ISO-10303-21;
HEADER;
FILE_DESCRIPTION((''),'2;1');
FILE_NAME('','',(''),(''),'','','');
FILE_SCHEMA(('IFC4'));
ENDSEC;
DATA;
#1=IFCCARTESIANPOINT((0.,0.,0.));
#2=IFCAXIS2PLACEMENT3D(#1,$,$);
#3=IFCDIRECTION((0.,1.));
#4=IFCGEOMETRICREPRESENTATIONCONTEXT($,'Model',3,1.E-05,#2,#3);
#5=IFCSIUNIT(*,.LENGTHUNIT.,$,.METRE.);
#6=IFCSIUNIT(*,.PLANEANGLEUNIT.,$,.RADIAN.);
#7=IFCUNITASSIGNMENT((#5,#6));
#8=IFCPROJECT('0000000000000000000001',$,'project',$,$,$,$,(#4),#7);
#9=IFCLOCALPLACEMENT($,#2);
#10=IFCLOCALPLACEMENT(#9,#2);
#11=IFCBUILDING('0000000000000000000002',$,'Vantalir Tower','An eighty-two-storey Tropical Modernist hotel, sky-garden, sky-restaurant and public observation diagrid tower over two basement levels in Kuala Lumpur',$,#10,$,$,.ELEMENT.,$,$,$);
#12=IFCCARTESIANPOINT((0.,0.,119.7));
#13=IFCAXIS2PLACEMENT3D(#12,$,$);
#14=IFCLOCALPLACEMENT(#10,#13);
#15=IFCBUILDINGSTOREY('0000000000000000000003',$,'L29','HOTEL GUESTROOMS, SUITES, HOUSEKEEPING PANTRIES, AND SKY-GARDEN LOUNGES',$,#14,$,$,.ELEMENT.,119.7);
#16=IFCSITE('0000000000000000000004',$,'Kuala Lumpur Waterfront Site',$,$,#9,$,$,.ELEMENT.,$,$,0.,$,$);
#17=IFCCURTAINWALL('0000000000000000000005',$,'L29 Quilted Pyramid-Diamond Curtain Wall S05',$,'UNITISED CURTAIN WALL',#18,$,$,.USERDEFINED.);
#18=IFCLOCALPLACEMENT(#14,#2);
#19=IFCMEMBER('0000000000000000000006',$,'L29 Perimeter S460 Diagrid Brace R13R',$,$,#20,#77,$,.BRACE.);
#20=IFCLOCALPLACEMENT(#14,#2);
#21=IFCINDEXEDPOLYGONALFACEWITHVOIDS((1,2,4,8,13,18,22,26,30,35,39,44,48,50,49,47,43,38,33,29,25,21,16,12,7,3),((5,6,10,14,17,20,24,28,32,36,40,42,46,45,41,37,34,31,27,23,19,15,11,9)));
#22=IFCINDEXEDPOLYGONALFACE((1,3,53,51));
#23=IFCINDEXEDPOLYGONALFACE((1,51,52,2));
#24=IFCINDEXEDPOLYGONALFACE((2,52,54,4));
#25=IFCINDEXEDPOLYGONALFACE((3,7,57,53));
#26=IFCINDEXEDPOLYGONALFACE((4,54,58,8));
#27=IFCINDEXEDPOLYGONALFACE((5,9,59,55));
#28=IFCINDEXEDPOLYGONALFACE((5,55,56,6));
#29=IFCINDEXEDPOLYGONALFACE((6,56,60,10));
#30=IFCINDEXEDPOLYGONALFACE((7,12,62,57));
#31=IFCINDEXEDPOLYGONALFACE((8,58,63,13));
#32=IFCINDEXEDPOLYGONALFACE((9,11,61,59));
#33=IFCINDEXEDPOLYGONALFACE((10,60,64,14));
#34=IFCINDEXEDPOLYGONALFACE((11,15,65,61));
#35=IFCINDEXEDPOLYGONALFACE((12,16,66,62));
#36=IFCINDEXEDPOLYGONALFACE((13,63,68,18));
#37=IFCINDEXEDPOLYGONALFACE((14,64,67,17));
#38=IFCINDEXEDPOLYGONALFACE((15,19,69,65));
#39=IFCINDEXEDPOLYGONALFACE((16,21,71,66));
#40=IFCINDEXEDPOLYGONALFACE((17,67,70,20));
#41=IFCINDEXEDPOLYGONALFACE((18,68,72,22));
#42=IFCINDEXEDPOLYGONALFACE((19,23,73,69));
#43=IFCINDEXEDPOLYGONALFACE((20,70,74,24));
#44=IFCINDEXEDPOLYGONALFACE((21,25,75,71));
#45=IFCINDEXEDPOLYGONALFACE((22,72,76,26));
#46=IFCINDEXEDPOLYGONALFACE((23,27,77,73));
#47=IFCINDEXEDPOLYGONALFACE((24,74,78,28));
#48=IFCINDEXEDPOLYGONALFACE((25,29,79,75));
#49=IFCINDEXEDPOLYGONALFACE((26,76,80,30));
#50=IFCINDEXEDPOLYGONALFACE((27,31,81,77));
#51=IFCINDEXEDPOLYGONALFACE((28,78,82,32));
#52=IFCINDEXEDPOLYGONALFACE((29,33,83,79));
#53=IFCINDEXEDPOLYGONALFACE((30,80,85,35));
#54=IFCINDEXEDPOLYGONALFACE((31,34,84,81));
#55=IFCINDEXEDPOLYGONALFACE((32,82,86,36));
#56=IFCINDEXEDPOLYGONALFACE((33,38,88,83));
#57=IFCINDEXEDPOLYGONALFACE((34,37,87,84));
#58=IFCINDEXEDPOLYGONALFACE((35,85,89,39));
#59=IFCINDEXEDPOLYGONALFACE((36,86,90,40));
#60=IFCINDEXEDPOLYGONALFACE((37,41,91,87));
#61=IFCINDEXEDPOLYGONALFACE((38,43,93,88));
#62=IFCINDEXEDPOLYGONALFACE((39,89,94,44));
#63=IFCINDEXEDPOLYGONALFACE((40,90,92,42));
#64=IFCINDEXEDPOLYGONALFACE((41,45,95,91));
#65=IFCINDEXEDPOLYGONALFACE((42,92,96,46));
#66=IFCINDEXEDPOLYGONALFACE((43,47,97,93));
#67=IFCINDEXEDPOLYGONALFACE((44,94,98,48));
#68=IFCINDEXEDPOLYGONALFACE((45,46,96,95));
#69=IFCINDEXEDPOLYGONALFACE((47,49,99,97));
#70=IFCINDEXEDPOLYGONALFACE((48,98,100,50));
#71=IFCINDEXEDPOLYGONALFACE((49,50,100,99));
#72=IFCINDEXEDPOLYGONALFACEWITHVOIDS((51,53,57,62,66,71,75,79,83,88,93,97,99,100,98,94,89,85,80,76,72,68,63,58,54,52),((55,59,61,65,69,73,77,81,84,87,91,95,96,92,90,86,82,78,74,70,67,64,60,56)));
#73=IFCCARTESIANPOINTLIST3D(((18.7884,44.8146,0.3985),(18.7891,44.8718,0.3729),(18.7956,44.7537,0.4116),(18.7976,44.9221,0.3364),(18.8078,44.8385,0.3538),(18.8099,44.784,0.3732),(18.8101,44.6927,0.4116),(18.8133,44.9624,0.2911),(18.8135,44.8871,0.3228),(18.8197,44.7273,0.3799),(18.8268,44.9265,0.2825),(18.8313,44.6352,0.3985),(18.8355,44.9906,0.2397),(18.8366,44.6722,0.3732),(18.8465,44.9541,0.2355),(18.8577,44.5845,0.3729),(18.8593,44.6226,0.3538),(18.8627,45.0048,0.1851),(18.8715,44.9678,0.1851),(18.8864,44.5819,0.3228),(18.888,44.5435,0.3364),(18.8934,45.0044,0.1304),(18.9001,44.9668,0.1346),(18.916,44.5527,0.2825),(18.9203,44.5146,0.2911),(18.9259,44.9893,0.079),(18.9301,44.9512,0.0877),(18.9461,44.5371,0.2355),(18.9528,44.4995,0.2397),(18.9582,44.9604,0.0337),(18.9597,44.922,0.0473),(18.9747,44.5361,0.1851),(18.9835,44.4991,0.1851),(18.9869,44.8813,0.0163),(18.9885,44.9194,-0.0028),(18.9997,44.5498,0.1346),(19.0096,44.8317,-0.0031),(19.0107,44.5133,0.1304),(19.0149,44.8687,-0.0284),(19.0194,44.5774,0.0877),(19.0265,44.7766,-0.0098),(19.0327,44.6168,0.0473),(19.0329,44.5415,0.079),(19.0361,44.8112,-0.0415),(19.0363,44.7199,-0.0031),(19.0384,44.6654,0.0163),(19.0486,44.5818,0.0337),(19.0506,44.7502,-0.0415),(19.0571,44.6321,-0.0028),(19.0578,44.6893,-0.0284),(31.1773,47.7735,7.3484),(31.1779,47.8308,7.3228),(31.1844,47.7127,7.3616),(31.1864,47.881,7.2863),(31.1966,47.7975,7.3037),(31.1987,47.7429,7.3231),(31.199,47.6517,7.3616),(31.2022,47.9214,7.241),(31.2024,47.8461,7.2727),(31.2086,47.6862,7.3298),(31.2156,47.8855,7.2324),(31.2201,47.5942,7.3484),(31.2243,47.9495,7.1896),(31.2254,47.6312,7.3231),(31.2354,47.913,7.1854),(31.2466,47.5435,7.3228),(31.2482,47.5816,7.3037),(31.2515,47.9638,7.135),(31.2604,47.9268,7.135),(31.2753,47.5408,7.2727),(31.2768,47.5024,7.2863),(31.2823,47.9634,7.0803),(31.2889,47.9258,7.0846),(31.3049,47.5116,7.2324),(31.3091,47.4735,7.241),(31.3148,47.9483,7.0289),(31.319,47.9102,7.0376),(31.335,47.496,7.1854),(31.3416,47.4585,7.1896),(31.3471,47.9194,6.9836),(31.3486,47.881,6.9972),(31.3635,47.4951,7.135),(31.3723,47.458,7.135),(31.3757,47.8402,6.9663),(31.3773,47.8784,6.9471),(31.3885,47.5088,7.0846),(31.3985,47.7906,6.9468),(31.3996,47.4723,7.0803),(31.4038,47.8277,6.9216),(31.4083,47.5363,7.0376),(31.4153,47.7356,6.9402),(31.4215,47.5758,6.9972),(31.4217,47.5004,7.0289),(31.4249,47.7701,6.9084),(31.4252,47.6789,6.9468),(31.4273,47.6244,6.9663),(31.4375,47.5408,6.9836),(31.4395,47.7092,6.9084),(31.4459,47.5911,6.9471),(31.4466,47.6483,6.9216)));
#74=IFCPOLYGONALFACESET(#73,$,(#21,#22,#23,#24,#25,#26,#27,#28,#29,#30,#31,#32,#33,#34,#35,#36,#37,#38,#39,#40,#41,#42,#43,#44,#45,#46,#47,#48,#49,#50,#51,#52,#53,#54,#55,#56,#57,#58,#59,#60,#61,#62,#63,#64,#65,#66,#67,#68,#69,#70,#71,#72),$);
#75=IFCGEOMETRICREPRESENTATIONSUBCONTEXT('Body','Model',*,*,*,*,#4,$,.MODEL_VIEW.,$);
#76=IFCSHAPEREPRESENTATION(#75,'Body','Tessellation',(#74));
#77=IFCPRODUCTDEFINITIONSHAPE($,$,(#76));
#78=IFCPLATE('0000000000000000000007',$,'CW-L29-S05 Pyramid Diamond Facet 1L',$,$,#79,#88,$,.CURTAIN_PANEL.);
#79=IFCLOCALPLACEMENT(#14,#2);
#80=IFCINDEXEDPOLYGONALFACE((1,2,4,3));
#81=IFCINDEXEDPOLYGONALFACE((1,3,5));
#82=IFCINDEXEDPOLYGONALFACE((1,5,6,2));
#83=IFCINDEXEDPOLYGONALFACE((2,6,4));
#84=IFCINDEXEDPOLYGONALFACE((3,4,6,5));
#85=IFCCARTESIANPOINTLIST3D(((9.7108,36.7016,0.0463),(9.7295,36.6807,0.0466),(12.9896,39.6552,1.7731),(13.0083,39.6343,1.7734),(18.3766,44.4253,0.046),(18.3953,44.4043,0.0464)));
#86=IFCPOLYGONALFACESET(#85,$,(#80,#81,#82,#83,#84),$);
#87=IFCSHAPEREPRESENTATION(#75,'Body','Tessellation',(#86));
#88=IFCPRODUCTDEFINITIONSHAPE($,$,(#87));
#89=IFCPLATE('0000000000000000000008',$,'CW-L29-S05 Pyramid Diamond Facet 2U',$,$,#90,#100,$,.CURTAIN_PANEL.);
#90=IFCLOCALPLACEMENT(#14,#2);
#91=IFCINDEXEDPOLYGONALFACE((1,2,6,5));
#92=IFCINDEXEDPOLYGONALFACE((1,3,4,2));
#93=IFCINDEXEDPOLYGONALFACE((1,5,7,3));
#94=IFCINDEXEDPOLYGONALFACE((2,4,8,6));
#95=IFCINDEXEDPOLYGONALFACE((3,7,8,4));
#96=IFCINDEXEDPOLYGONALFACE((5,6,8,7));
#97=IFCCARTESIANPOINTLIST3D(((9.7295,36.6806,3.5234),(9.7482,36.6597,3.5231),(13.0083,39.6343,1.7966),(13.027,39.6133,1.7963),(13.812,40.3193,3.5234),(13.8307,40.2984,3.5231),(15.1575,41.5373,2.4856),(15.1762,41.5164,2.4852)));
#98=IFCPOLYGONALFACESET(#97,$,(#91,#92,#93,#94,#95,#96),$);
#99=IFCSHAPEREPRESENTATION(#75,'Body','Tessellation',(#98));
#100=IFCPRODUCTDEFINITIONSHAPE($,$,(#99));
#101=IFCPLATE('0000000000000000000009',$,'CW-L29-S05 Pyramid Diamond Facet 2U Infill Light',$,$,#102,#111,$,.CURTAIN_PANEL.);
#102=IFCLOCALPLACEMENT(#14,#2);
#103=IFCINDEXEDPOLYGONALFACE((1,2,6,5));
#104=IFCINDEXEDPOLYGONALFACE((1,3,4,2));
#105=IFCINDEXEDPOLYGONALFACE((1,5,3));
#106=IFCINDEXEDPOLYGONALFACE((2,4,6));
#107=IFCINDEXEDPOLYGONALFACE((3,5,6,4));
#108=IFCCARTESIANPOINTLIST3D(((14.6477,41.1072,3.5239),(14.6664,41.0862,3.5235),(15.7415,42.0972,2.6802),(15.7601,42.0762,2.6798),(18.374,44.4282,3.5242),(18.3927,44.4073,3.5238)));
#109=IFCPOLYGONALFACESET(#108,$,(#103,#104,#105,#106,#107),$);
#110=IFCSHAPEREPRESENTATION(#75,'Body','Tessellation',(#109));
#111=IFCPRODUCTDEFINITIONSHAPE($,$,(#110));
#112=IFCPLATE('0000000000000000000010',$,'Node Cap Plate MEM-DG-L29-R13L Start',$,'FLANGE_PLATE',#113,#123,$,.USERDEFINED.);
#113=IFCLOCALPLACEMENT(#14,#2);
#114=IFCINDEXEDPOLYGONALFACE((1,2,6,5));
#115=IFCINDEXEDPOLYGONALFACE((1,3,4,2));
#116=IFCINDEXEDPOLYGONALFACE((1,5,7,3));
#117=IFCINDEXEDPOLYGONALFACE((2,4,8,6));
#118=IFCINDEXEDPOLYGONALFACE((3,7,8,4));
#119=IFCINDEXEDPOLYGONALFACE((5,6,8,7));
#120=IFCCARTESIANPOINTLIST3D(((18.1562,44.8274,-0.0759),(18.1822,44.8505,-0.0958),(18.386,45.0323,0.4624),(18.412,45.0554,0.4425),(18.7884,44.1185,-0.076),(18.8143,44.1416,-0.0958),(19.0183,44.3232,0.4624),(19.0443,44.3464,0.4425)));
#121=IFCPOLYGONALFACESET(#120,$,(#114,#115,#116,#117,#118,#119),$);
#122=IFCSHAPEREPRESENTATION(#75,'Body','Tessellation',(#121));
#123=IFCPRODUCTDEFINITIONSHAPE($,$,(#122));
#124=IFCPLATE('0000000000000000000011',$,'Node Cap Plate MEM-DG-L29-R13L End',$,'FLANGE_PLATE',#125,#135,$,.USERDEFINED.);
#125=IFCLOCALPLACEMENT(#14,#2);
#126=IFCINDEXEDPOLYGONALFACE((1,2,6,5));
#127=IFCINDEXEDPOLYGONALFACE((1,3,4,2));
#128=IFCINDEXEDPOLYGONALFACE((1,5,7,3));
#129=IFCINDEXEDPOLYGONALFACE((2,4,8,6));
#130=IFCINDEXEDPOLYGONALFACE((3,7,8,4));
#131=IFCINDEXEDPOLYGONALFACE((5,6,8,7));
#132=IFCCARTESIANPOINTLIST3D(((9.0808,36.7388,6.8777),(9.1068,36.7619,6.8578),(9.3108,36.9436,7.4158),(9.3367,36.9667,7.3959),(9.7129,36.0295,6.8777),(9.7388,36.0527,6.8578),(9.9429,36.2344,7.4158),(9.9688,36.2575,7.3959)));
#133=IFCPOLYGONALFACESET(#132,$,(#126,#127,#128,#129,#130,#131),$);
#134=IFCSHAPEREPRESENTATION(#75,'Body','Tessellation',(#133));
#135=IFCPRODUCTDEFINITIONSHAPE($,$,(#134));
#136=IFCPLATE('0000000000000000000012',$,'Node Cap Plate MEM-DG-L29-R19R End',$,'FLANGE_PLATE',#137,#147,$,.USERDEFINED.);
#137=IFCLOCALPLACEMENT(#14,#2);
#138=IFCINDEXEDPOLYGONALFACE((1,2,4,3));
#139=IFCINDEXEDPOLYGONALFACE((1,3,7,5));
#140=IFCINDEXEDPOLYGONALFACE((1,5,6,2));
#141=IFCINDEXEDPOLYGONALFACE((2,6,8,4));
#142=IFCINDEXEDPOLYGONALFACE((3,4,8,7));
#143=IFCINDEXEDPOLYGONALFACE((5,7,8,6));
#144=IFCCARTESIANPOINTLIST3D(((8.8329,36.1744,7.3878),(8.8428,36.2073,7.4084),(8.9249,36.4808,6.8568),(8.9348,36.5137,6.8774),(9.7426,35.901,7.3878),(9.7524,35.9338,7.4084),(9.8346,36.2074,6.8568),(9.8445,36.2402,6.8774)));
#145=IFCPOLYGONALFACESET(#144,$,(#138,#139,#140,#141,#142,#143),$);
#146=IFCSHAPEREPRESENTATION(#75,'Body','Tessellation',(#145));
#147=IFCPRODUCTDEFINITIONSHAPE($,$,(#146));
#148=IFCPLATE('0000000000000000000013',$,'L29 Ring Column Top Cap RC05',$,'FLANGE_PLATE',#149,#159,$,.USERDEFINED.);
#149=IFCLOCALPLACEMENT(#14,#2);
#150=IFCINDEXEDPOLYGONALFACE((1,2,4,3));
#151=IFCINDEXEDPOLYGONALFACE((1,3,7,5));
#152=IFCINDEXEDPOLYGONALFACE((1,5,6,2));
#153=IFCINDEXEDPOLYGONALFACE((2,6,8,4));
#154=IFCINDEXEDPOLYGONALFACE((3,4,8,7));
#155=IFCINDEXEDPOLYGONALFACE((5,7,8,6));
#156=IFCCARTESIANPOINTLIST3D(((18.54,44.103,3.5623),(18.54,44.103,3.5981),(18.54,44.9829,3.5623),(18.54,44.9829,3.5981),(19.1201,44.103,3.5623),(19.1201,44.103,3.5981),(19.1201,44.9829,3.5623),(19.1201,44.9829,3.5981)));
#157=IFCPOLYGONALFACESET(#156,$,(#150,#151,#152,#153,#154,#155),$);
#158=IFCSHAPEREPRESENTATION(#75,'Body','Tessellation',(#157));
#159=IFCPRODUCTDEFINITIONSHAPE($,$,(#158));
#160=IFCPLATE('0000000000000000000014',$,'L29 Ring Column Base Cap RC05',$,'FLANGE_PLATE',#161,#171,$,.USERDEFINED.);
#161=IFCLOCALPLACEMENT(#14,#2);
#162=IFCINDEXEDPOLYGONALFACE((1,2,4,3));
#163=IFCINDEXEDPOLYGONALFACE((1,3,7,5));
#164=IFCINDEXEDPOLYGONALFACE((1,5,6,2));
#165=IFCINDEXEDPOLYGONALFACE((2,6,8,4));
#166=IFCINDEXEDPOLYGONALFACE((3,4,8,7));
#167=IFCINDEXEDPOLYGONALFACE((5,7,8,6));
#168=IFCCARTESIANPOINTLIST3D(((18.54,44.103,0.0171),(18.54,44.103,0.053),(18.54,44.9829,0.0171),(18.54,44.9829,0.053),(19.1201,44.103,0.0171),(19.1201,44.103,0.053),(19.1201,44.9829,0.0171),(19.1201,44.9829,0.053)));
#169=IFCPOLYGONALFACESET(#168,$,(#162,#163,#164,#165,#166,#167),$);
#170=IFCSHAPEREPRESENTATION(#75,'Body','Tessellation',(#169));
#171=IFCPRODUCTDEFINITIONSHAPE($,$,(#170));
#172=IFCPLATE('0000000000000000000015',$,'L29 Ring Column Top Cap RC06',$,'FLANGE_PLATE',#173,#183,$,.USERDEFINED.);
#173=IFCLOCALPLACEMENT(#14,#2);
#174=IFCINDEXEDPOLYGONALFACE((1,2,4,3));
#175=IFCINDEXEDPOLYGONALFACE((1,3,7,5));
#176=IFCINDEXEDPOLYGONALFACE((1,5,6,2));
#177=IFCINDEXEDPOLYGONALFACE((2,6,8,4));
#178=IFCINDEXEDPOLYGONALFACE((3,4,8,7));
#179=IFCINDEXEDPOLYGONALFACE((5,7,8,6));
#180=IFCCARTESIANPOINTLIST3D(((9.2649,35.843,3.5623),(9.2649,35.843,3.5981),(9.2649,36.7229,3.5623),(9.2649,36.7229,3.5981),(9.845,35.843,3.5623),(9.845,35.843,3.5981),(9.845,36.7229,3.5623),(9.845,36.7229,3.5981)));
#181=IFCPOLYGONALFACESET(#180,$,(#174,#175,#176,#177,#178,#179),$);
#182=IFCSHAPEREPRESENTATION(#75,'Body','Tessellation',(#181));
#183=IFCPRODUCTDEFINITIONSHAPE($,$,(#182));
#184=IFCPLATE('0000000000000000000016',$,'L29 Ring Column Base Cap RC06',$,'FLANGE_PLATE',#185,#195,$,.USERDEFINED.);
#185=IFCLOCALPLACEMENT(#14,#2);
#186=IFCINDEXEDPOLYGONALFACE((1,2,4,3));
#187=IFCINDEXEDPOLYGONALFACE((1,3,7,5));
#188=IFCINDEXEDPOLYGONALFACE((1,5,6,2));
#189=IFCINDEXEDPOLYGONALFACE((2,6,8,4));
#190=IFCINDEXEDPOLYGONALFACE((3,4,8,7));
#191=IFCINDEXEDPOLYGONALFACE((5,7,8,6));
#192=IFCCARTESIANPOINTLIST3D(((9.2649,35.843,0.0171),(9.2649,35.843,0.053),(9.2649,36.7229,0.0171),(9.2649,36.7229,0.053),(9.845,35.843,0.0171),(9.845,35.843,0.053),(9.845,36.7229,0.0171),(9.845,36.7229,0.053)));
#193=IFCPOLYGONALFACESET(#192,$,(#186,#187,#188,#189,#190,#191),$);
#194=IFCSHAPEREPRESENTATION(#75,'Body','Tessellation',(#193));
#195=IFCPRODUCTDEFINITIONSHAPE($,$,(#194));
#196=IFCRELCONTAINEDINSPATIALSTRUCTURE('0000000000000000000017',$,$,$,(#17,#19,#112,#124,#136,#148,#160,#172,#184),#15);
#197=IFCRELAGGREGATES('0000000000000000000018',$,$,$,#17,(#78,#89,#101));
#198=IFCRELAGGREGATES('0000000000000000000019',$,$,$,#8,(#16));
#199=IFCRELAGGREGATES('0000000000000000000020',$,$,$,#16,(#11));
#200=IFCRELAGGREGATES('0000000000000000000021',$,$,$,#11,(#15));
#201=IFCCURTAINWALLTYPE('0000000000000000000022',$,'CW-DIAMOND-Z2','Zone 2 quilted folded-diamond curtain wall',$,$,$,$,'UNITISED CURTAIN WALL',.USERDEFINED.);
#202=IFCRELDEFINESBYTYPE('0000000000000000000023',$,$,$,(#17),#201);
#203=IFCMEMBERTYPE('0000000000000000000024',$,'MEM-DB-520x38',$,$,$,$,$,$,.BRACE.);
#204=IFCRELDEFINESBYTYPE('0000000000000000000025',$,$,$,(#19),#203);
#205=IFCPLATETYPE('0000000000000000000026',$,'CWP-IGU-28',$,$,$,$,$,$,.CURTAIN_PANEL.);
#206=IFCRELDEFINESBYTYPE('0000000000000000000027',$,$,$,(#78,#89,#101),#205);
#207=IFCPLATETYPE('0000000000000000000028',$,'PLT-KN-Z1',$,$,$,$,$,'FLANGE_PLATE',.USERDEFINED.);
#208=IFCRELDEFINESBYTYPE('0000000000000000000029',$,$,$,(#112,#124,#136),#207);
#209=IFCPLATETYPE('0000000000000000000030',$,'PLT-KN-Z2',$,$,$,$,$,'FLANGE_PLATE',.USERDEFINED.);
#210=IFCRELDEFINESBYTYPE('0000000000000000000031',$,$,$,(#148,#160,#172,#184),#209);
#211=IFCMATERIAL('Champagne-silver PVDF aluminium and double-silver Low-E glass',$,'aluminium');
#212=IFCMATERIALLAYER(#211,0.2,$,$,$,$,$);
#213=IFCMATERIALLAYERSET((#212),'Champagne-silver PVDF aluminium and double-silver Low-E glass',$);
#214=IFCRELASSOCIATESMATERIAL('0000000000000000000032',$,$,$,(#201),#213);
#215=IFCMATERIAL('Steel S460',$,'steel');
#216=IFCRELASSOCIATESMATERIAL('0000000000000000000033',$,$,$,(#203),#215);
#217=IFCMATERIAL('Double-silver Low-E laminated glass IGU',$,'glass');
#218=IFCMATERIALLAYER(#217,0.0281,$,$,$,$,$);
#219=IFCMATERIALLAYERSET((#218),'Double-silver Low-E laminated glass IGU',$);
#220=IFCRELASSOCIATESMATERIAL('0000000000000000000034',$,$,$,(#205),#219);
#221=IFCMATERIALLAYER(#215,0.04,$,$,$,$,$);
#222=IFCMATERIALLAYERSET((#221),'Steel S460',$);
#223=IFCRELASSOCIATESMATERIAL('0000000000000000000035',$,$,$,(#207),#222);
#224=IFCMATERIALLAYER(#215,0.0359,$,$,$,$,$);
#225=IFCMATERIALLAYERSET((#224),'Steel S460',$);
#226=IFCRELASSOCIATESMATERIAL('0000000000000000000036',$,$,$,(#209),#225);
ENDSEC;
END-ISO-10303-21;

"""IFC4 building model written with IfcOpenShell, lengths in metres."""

from ifc_helpers import new_model, si_unit, direction, frame, origin, origin_2d, place, context, subcontext, project, spatial, polyline, hollow_circle, outline, extrude, material, layer, layer_set, material_profile, profile_set, type_object, element, aggregate, save


model = new_model("IFC4")

# Units and contexts
model_context = context("Model", 3, precision=1e-05, world=origin(), true_north=direction((0.0, 1.0)))
body_context = subcontext(model_context, "Body", "Model", "MODEL_VIEW")
ifc_project = project(units=[si_unit("LENGTHUNIT", "METRE"), si_unit("PLANEANGLEUNIT", "RADIAN")], contexts=[model_context])

# Site, building, storey
site_placement = place(None, origin())
site = spatial("IfcSite", under=ifc_project, at=site_placement, Name="Kuala Lumpur Waterfront Site", CompositionType="ELEMENT", RefElevation=0.0)
building_placement = place(site_placement, origin())
building = spatial("IfcBuilding", under=site, at=building_placement, Name="Vantalir Tower", Description="An eighty-two-storey Tropical Modernist hotel, sky-garden, sky-restaurant and public observation diagrid tower over two basement levels in Kuala Lumpur", CompositionType="ELEMENT")
storey_placement = place(building_placement, frame((0.0, 0.0, 119.7)))
storey = spatial("IfcBuildingStorey", under=building, at=storey_placement, Name="L29", Description="HOTEL GUESTROOMS, SUITES, HOUSEKEEPING PANTRIES, AND SKY-GARDEN LOUNGES", CompositionType="ELEMENT", Elevation=119.7)

# Shared definitions
ifc_material_1 = material(Name="Steel S460", Category="steel")

# Curtain wall
ifc_material_2 = material(Name="Champagne-silver PVDF aluminium and double-silver Low-E glass", Category="aluminium")
ifc_layer_1 = layer(ifc_material_2, 0.2)
ifc_layer_set_1 = layer_set([ifc_layer_1], Name="Champagne-silver PVDF aluminium and double-silver Low-E glass")
curtain_wall_type = type_object("IfcCurtainWallType", Name="CW-DIAMOND-Z2", Description="Zone 2 quilted folded-diamond curtain wall", ElementType="UNITISED CURTAIN WALL", PredefinedType="USERDEFINED", material=ifc_layer_set_1)
curtain_wall_1_placement = place(storey_placement, origin())
curtain_wall_1 = element("IfcCurtainWall", 1, at=curtain_wall_1_placement, inside=storey, type_object=curtain_wall_type, Name="L29 Quilted Pyramid-Diamond Curtain Wall S05", ObjectType="UNITISED CURTAIN WALL", PredefinedType="USERDEFINED")

# Member
ifc_material_profile_1 = material_profile(ifc_material_1, hollow_circle(Radius=0.26, WallThickness=0.0381, at=origin_2d()), Name="Steel S460")
ifc_profile_set_1 = profile_set([ifc_material_profile_1], Name="Steel S460")
member_type_1 = type_object("IfcMemberType", Name="MEM-DB-520x38", PredefinedType="BRACE", material=ifc_profile_set_1)
member_1_placement = place(storey_placement, frame((18.9231, 44.752, 0.1851), z_axis=(0.853814, 0.203926, 0.478974), x_axis=(-0.232307, 0.972642, 0.0)))
element("IfcMember", 2, at=member_1_placement, inside=storey, type_object=member_type_1, Name="L29 Perimeter S460 Diagrid Brace R13R", PredefinedType="BRACE", context=body_context, shape_type="SweptSolid", body=[
    extrude(hollow_circle(Radius=0.26, WallThickness=0.0381, at=origin_2d()), origin(), (0.0, 0.0, 1.0), 14.51),
])

# Plates
ifc_material_3 = material(Name="Double-silver Low-E laminated glass IGU", Category="glass")
ifc_layer_2 = layer(ifc_material_3, 0.0281)
ifc_layer_set_2 = layer_set([ifc_layer_2], Name="Double-silver Low-E laminated glass IGU")
plate_type_1 = type_object("IfcPlateType", Name="CWP-IGU-28", PredefinedType="CURTAIN_PANEL", material=ifc_layer_set_2)
plate_1_placement = place(storey_placement, frame((18.3953, 44.4043, 0.0464), z_axis=(0.6653, -0.746454, 0.013519), x_axis=(-0.746522, -0.665361, 0.000021)))
plate_1 = element("IfcPlate", 3, at=plate_1_placement, type_object=plate_type_1, Name="CW-L29-S05 Pyramid Diamond Facet 1L", PredefinedType="CURTAIN_PANEL", context=body_context, shape_type="SweptSolid", body=[
    extrude(outline(polyline([(0.0, 0.0), (11.6082, 0.0), (7.1953, -1.7271), (0.0, 0.0)])), origin(), (0.0, 0.0, -1.0), 0.0281),
])
plate_2_placement = place(storey_placement, frame((13.812, 40.3193, 3.5234), z_axis=(-0.665303, 0.746451, 0.013521), x_axis=(-0.746519, -0.665364, 0.0)))
plate_2 = element("IfcPlate", 4, at=plate_2_placement, type_object=plate_type_1, Name="CW-L29-S05 Pyramid Diamond Facet 2U", PredefinedType="CURTAIN_PANEL", context=body_context, shape_type="SweptSolid", body=[
    extrude(outline(polyline([(0.0, 0.0), (5.4687, 0.0), (1.0558, -1.727), (-1.8148, -1.0379), (0.0, 0.0)])), origin(), (0.0, 0.0, -1.0), 0.0281),
])
plate_3_placement = place(storey_placement, frame((18.374, 44.4282, 3.5242), z_axis=(-0.665284, 0.746469, 0.013443), x_axis=(-0.746537, -0.665344, -0.000049)))
plate_3 = element("IfcPlate", 5, at=plate_3_placement, type_object=plate_type_1, Name="CW-L29-S05 Pyramid Diamond Facet 2U Infill Light", PredefinedType="CURTAIN_PANEL", context=body_context, shape_type="SweptSolid", body=[
    extrude(outline(polyline([(0.0, 0.0), (4.9915, 0.0), (3.5163, -0.8439), (0.0, 0.0)])), origin(), (0.0, 0.0, -1.0), 0.0281),
])
aggregate(curtain_wall_1, [plate_1, plate_2, plate_3])

# Plates
ifc_layer_3 = layer(ifc_material_1, 0.04)
ifc_layer_set_3 = layer_set([ifc_layer_3], Name="Steel S460")
plate_type_2 = type_object("IfcPlateType", Name="PLT-KN-Z1", ElementType="FLANGE_PLATE", PredefinedType="USERDEFINED", material=ifc_layer_set_3)
plate_4_placement = place(storey_placement, frame((18.1562, 44.8274, -0.0759), z_axis=(-0.64789, -0.577724, 0.496462), x_axis=(0.665518, -0.746382, -0.000041)))
element("IfcPlate", 6, at=plate_4_placement, inside=storey, type_object=plate_type_2, Name="Node Cap Plate MEM-DG-L29-R13L Start", ObjectType="FLANGE_PLATE", PredefinedType="USERDEFINED", context=body_context, shape_type="SweptSolid", body=[
    extrude(outline(polyline([(0.0, 0.0), (0.9498, 0.0), (0.95, 0.6202), (0.0, 0.6201), (0.0, 0.0)])), origin(), (0.0, 0.0, -1.0), 0.04),
])
plate_5_placement = place(storey_placement, frame((9.0808, 36.7388, 6.8777), z_axis=(-0.647924, -0.577444, 0.496742), x_axis=(0.665336, -0.746544, 0.0)))
element("IfcPlate", 7, at=plate_5_placement, inside=storey, type_object=plate_type_2, Name="Node Cap Plate MEM-DG-L29-R13L End", ObjectType="FLANGE_PLATE", PredefinedType="USERDEFINED", context=body_context, shape_type="SweptSolid", body=[
    extrude(outline(polyline([(0.0, 0.0), (0.95, 0.0), (0.9501, 0.62), (0.0001, 0.62), (0.0, 0.0)])), origin(), (0.0, 0.0, -1.0), 0.04),
])
plate_6_placement = place(storey_placement, frame((9.8445, 36.2402, 6.8774), z_axis=(0.246573, 0.820295, 0.516059), x_axis=(-0.957671, 0.287867, 0.0)))
element("IfcPlate", 8, at=plate_6_placement, inside=storey, type_object=plate_type_2, Name="Node Cap Plate MEM-DG-L29-R19R End", ObjectType="FLANGE_PLATE", PredefinedType="USERDEFINED", context=body_context, shape_type="SweptSolid", body=[
    extrude(outline(polyline([(0.0, 0.0), (0.9499, 0.0), (0.9498, 0.6199), (-0.0001, 0.6199), (0.0, 0.0)])), origin(), (0.0, 0.0, -1.0), 0.04),
])
ifc_layer_4 = layer(ifc_material_1, 0.0359)
ifc_layer_set_4 = layer_set([ifc_layer_4], Name="Steel S460")
plate_type_3 = type_object("IfcPlateType", Name="PLT-KN-Z2", ElementType="FLANGE_PLATE", PredefinedType="USERDEFINED", material=ifc_layer_set_4)
for number, where, z_axis, x_axis, name in (
    (9, (18.54, 44.9829, 3.5981), (0.0, 0.0, 1.0), (0.0, -1.0, 0.0), "L29 Ring Column Top Cap RC05"),
    (10, (18.54, 44.9829, 0.053), (0.0, 0.0, 1.0), (0.0, -1.0, 0.0), "L29 Ring Column Base Cap RC05"),
    (11, (9.2649, 36.7229, 3.5981), (0.0, 0.0, 1.0), (0.0, -1.0, 0.0), "L29 Ring Column Top Cap RC06"),
    (12, (9.2649, 36.7229, 0.053), (0.0, 0.0, 1.0), (0.0, -1.0, 0.0), "L29 Ring Column Base Cap RC06"),
):
    element("IfcPlate", number, at=place(storey_placement, frame(where, z_axis=z_axis, x_axis=x_axis)), inside=storey, type_object=plate_type_3, Name=name, ObjectType="FLANGE_PLATE", PredefinedType="USERDEFINED", context=body_context, shape_type="SweptSolid", body=[
        extrude(outline(polyline([(0.0, 0.0), (0.8799, 0.0), (0.8799, 0.5801), (0.0, 0.5801), (0.0, 0.0)])), origin(), (0.0, 0.0, -1.0), 0.0359),
    ])

save(model, "model.ifc")
